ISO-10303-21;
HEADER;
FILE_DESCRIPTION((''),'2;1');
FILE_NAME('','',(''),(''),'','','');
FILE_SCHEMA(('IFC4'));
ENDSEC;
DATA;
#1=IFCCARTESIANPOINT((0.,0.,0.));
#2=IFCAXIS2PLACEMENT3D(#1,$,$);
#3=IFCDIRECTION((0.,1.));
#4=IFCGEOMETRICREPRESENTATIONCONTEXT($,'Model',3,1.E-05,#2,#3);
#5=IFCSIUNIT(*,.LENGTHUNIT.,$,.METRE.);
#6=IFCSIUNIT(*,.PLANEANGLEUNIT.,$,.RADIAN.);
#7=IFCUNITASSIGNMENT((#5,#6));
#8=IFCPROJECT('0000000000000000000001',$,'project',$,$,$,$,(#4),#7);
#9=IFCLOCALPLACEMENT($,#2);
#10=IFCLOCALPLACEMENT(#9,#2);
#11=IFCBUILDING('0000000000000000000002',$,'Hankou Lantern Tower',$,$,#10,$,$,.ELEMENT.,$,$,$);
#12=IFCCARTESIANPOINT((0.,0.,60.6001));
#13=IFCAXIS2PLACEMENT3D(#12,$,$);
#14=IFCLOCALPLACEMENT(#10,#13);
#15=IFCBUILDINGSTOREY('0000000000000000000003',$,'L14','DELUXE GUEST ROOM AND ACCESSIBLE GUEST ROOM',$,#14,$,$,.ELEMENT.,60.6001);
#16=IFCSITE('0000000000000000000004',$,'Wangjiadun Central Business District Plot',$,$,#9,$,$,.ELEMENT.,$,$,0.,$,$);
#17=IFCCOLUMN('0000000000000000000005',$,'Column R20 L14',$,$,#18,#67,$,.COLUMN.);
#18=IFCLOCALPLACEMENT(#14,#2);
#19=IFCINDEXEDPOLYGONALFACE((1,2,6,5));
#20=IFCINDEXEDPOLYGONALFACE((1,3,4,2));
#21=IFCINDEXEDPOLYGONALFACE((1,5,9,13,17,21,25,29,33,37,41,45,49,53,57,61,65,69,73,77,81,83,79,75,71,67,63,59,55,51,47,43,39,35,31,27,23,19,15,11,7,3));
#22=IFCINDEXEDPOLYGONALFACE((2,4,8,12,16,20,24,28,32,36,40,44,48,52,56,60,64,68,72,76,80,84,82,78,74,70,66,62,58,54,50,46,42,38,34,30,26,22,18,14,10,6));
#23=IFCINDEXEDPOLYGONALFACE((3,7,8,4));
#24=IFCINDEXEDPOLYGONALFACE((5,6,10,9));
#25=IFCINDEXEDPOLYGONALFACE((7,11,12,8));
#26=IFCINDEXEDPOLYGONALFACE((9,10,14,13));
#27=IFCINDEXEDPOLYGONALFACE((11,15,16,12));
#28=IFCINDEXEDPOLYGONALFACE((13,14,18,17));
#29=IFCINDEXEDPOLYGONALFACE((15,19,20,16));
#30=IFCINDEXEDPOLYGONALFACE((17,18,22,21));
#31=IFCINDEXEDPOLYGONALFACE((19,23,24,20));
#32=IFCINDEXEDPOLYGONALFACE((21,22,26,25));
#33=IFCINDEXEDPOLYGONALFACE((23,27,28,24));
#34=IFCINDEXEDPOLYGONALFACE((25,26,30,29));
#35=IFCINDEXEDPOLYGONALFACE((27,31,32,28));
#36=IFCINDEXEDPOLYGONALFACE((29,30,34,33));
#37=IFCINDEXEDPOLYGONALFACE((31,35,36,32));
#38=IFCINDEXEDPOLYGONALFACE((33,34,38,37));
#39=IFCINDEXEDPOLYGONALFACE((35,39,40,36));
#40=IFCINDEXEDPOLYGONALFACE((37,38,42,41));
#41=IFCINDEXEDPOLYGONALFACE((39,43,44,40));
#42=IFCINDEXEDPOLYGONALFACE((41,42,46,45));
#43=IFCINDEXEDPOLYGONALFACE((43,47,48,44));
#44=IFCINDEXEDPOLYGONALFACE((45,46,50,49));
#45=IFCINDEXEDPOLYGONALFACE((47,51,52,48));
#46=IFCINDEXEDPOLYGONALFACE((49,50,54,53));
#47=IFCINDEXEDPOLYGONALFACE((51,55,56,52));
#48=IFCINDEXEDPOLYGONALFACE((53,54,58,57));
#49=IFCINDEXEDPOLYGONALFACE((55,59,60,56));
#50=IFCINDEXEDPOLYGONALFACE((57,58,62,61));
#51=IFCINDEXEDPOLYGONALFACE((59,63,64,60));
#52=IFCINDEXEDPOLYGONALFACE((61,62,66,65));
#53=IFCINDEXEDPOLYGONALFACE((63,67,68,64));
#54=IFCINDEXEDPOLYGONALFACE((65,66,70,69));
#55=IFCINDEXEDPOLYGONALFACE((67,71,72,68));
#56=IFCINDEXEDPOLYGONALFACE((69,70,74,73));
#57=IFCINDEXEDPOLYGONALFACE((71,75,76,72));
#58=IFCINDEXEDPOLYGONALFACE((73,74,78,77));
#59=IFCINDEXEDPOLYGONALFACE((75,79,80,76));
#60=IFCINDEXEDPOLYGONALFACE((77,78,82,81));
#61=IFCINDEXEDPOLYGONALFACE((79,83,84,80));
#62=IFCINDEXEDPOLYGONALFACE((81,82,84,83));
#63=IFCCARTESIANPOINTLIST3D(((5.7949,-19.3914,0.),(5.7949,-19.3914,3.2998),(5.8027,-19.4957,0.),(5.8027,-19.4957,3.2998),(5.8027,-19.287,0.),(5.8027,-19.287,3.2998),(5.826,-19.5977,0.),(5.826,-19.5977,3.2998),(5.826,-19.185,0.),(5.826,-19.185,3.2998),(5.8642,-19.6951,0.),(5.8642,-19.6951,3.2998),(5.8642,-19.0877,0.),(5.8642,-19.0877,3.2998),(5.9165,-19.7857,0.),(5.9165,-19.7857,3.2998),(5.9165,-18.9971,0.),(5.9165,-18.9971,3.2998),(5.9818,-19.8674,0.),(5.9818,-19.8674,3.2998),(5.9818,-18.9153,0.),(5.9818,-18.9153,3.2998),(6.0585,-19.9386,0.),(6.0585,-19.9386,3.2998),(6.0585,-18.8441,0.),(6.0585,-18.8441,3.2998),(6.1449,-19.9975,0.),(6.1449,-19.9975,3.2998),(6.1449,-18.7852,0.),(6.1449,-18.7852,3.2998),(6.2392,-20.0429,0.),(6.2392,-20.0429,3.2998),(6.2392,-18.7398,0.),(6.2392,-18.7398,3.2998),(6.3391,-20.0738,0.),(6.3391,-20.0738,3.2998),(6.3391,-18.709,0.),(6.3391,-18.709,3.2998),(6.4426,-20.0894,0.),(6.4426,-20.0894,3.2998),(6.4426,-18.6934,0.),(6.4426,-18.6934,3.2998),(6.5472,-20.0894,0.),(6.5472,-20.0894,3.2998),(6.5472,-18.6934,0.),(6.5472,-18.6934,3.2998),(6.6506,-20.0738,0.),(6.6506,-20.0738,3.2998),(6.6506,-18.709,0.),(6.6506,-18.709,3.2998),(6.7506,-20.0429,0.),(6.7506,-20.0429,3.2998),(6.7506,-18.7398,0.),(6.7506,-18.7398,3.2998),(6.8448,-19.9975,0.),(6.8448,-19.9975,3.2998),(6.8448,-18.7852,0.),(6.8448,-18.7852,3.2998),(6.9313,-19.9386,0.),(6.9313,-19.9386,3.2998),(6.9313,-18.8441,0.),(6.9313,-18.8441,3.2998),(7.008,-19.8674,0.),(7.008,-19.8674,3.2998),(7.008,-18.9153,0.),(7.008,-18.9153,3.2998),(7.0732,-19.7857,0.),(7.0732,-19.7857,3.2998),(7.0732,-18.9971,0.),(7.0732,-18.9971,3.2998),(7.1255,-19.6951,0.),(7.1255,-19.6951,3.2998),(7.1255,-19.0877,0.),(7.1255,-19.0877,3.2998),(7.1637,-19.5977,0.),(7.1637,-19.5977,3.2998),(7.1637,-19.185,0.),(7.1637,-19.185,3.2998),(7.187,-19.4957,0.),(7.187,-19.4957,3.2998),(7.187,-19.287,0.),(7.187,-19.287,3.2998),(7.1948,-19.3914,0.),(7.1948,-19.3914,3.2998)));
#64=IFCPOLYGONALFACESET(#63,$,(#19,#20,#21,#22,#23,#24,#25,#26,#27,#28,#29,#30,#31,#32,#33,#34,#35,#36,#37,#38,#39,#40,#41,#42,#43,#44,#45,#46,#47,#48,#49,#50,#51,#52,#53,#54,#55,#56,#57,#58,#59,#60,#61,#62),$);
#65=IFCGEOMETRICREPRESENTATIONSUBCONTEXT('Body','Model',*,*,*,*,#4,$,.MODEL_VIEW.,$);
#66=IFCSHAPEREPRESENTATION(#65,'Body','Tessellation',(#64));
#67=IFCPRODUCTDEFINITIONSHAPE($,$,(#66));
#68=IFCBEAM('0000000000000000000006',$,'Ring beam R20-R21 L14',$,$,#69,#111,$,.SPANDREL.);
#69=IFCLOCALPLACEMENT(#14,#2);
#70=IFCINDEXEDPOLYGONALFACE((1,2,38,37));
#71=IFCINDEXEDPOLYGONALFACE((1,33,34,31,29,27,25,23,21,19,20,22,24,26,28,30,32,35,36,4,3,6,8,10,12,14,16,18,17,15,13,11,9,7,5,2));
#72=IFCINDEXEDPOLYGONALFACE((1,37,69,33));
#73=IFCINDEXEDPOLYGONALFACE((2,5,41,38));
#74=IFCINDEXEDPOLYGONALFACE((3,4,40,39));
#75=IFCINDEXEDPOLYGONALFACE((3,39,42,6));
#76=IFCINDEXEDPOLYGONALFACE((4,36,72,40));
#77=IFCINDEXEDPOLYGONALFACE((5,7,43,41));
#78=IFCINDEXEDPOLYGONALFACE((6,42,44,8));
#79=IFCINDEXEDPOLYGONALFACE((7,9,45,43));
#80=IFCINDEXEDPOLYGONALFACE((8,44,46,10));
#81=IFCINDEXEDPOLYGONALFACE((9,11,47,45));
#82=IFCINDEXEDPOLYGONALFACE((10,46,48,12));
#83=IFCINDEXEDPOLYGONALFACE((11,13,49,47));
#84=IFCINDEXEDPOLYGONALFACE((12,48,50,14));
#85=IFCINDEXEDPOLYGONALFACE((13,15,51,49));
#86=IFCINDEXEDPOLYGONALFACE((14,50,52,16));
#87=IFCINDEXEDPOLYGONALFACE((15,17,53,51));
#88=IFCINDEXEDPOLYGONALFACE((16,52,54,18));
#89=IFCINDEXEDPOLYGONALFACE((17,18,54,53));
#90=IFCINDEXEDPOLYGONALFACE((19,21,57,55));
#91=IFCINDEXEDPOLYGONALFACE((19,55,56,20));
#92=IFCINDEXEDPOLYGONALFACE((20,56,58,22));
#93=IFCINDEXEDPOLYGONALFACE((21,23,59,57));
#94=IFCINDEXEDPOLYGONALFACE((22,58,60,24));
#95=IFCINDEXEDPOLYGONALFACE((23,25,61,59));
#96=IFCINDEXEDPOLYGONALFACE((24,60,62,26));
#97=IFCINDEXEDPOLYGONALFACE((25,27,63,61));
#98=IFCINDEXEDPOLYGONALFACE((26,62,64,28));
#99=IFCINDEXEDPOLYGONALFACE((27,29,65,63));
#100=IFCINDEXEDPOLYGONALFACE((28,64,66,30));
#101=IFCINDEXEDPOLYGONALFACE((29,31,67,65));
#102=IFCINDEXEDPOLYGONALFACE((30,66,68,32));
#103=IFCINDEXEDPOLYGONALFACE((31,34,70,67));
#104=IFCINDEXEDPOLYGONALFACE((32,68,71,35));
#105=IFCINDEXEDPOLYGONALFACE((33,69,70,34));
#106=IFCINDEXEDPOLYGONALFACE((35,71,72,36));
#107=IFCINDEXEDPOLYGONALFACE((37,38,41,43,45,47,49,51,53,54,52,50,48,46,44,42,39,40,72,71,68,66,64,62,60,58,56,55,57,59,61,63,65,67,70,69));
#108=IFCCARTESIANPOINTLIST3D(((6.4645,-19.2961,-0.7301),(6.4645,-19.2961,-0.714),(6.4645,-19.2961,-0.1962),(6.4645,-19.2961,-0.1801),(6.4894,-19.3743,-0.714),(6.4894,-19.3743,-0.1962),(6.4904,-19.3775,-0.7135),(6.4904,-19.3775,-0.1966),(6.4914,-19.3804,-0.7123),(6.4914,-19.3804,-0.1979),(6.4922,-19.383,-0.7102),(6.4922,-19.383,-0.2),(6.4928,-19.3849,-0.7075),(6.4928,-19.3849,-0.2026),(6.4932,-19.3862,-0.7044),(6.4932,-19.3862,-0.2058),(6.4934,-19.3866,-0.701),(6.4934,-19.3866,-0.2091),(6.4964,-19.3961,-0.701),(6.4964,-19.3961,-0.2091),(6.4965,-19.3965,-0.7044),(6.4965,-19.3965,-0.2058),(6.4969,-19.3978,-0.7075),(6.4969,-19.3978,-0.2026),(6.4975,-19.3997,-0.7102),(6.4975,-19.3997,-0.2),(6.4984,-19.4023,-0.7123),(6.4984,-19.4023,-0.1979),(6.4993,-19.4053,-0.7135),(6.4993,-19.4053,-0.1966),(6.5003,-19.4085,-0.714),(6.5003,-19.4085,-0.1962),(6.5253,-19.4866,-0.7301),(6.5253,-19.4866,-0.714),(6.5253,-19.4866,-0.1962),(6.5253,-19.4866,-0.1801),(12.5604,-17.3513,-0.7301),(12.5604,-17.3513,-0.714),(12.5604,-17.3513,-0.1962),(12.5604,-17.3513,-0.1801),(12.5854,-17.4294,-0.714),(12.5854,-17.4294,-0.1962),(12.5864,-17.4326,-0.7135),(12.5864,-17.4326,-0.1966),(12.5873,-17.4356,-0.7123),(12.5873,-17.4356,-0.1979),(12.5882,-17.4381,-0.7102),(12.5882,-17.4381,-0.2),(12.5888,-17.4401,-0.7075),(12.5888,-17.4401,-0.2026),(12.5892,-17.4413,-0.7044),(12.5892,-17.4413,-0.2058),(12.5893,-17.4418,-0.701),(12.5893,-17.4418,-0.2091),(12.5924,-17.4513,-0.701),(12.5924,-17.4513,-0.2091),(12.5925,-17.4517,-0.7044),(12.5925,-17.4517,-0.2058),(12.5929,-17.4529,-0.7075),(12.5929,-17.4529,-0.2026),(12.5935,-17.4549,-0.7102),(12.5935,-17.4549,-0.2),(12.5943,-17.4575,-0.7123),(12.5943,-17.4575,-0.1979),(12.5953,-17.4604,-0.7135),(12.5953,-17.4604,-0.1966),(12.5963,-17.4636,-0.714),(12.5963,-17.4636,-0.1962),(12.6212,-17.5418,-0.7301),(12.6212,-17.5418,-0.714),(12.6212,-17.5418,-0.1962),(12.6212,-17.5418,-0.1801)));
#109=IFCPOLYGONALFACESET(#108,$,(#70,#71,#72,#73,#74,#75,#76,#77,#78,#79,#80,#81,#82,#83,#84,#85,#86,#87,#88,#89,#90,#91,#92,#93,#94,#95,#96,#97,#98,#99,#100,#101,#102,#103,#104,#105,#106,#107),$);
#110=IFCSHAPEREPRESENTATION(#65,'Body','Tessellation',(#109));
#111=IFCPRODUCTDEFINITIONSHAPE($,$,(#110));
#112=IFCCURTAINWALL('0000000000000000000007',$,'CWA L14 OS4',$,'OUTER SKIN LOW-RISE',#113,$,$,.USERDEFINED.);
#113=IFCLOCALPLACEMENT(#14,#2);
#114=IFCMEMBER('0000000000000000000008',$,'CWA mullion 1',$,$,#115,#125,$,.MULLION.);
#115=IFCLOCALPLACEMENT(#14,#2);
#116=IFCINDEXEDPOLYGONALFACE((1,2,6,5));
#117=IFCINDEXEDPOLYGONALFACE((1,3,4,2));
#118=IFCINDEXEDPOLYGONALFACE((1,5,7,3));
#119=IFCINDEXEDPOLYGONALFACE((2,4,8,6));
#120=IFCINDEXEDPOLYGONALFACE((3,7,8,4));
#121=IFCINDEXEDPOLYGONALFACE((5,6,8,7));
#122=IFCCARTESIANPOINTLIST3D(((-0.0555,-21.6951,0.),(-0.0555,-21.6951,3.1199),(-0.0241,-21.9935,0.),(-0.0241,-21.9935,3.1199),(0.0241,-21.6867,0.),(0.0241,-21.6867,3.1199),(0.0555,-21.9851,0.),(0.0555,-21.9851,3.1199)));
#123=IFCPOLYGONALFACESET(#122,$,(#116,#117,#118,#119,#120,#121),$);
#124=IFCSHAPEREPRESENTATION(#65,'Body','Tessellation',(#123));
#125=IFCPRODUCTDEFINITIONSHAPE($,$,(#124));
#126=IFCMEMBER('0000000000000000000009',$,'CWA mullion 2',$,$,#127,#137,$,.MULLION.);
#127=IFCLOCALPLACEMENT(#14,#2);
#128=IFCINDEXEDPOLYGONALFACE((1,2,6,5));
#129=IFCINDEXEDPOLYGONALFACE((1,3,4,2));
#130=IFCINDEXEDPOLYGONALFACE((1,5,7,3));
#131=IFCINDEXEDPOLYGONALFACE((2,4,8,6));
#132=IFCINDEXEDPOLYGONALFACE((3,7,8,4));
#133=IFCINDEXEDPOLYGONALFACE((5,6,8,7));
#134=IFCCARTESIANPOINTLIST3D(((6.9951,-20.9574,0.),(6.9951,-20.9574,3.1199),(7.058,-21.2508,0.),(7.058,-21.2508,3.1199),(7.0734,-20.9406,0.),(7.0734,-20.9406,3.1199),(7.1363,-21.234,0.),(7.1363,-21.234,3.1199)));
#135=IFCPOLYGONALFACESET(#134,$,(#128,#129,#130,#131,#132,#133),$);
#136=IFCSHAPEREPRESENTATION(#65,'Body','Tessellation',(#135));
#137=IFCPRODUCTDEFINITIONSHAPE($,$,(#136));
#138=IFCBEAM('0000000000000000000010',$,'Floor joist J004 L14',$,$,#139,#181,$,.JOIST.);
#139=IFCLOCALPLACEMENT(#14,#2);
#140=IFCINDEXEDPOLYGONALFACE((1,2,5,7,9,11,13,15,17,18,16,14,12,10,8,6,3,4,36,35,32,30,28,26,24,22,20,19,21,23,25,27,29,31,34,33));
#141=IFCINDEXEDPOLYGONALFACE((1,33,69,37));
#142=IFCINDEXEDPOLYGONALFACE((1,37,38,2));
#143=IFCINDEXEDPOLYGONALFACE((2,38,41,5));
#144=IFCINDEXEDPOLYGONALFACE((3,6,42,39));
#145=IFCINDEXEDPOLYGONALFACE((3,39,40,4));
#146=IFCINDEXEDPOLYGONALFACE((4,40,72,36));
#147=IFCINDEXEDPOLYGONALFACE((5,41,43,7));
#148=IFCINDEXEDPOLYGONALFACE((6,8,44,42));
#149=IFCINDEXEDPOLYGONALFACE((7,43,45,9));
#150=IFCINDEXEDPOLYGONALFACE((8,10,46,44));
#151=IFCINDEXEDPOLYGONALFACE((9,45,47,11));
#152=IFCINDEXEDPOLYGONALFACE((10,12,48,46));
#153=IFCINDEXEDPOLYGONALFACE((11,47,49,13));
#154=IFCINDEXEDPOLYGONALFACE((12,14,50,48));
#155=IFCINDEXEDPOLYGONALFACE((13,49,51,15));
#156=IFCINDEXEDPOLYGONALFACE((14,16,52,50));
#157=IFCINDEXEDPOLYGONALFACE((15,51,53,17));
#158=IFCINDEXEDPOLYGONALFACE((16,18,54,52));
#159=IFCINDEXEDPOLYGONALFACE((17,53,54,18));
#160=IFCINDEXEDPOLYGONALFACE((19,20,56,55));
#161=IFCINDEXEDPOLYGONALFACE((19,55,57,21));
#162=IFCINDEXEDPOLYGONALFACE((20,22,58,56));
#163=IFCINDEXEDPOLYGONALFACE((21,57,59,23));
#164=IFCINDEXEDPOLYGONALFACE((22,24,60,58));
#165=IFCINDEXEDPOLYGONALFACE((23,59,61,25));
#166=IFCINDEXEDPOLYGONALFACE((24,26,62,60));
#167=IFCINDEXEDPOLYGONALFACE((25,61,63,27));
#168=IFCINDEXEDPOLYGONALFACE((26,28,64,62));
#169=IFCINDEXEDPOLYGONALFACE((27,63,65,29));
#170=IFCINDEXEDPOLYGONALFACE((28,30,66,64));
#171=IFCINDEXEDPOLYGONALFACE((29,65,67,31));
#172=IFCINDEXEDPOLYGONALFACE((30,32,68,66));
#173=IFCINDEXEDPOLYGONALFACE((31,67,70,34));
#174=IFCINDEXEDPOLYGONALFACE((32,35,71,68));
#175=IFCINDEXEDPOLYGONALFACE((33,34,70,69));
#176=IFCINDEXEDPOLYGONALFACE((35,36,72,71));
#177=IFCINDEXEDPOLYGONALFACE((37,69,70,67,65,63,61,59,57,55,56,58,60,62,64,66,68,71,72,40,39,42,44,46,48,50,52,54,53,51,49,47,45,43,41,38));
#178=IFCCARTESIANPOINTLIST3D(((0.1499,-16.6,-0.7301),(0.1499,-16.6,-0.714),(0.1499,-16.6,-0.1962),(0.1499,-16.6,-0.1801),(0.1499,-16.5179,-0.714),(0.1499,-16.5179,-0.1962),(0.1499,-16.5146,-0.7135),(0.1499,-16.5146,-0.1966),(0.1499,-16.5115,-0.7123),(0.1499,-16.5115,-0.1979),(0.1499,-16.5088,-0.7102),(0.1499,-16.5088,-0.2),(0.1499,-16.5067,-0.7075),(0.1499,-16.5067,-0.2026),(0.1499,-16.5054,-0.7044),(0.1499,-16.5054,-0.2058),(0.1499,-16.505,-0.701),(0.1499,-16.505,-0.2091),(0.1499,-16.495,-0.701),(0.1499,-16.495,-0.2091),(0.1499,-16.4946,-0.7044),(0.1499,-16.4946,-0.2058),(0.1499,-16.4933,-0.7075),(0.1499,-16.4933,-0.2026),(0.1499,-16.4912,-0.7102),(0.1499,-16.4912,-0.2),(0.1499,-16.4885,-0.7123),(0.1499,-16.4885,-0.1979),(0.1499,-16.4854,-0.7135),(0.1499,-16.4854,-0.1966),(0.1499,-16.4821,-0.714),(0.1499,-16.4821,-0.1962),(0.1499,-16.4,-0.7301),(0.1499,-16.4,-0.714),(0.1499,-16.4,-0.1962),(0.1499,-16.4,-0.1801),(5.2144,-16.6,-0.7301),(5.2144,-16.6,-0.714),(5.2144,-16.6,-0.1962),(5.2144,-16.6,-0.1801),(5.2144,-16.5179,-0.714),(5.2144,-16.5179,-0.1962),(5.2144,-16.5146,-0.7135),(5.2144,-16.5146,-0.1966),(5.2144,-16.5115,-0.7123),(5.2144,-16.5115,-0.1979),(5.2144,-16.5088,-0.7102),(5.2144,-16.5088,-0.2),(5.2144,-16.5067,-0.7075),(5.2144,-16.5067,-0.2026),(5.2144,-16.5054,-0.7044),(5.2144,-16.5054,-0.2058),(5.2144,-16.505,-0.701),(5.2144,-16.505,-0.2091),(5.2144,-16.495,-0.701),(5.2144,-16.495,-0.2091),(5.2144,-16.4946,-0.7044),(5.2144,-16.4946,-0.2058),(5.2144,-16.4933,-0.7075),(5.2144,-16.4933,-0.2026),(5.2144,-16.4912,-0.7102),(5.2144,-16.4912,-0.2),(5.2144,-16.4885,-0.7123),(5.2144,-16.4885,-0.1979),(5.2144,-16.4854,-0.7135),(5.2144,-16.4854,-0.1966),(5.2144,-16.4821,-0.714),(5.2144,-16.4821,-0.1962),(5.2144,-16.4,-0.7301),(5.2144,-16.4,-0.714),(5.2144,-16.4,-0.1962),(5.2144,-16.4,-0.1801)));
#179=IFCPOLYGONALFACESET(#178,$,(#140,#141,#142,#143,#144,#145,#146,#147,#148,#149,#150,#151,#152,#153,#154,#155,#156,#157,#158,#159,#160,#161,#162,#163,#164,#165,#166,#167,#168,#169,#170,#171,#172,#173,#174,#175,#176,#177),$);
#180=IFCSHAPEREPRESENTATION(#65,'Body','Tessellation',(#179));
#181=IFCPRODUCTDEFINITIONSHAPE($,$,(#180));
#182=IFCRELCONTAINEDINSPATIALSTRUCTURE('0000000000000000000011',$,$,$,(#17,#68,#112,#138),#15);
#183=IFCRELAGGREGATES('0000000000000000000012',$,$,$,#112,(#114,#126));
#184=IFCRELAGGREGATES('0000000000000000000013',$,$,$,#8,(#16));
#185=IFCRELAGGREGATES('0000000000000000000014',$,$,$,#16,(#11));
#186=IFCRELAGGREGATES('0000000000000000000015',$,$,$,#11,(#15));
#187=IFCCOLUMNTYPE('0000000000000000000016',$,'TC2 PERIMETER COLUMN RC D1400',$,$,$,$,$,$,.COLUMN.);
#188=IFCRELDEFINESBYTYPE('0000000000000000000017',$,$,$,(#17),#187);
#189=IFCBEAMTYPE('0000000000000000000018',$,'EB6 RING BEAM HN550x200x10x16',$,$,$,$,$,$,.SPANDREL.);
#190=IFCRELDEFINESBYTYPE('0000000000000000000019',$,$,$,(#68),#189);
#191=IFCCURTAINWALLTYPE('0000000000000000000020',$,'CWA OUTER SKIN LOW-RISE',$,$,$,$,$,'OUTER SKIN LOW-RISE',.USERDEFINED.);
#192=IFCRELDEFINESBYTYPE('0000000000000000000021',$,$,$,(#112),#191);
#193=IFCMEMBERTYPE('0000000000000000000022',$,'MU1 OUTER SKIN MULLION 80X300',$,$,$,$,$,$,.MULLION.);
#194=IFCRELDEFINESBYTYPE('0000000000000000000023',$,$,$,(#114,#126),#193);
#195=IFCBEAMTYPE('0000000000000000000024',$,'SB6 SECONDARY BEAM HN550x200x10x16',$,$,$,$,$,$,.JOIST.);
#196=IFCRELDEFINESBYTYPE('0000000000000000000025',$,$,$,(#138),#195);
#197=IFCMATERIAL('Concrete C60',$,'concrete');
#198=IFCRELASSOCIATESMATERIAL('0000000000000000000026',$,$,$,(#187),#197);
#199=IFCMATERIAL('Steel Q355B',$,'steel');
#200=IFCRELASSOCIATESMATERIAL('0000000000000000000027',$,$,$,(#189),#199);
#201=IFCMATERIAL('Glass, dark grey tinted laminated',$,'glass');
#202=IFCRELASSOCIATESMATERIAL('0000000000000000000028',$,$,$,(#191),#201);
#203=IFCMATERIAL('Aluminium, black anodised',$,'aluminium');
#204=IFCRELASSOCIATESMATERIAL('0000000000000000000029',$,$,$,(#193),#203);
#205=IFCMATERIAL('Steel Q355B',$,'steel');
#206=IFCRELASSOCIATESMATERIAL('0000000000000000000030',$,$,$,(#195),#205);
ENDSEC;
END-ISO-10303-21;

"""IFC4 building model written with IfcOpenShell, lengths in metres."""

from ifc_helpers import new_model, si_unit, direction, frame, origin, origin_2d, place, context, subcontext, project, spatial, rectangle, circle, i_section, extrude, material, material_profile, profile_set, type_object, element, aggregate, save


model = new_model("IFC4")

# Units and contexts
model_context = context("Model", 3, precision=1e-05, world=origin(), true_north=direction((0.0, 1.0)))
body_context = subcontext(model_context, "Body", "Model", "MODEL_VIEW")
ifc_project = project(units=[si_unit("LENGTHUNIT", "METRE"), si_unit("PLANEANGLEUNIT", "RADIAN")], contexts=[model_context])

# Site, building, storey
site_placement = place(None, origin())
site = spatial("IfcSite", under=ifc_project, at=site_placement, Name="Wangjiadun Central Business District Plot", CompositionType="ELEMENT", RefElevation=0.0)
building_placement = place(site_placement, origin())
building = spatial("IfcBuilding", under=site, at=building_placement, Name="Hankou Lantern Tower", CompositionType="ELEMENT")
storey_placement = place(building_placement, frame((0.0, 0.0, 60.6001)))
storey = spatial("IfcBuildingStorey", under=building, at=storey_placement, Name="L14", Description="DELUXE GUEST ROOM AND ACCESSIBLE GUEST ROOM", CompositionType="ELEMENT", Elevation=60.6001)

# Column
ifc_material_1 = material(Name="Concrete C60", Category="concrete")
ifc_material_profile_1 = material_profile(ifc_material_1, circle(Radius=0.7, at=origin_2d()), Name="RC D1400")
ifc_profile_set_1 = profile_set([ifc_material_profile_1], Name="Concrete C60")
column_type = type_object("IfcColumnType", Name="TC2 PERIMETER COLUMN RC D1400", PredefinedType="COLUMN", material=ifc_profile_set_1)
column_placement = place(storey_placement, frame((6.4949, -19.3914, 0.0), z_axis=(0.0, 0.0, 1.0), x_axis=(1.0, 0.0, 0.0)))
element("IfcColumn", 1, at=column_placement, inside=storey, type_object=column_type, Name="Column R20 L14", PredefinedType="COLUMN", context=body_context, shape_type="SweptSolid", body=[
    extrude(circle(Radius=0.7, at=origin_2d()), origin(), (0.0, 0.0, 1.0), 3.2998),
])

# Beam
ifc_material_2 = material(Name="Steel Q355B", Category="steel")
ifc_material_profile_2 = material_profile(ifc_material_2, i_section(OverallWidth=0.2, OverallDepth=0.55, WebThickness=0.01, FlangeThickness=0.0161, FilletRadius=0.0129, at=origin_2d()), Name="HN550x200x10x16")
ifc_profile_set_2 = profile_set([ifc_material_profile_2], Name="Steel Q355B")
beam_type_1 = type_object("IfcBeamType", Name="EB6 RING BEAM HN550x200x10x16", PredefinedType="SPANDREL", material=ifc_profile_set_2)
beam_1_placement = place(storey_placement, frame((6.4949, -19.3914, -0.4551), z_axis=(0.95269, 0.303942, 0.0), x_axis=(-0.303942, 0.95269, 0.0)))
element("IfcBeam", 2, at=beam_1_placement, inside=storey, type_object=beam_type_1, Name="Ring beam R20-R21 L14", PredefinedType="SPANDREL", context=body_context, shape_type="SweptSolid", body=[
    extrude(i_section(OverallWidth=0.2, OverallDepth=0.55, WebThickness=0.01, FlangeThickness=0.0161, FilletRadius=0.0129, at=origin_2d()), origin(), (0.0, 0.0, 1.0), 6.3987),
])

# Curtain wall, members
ifc_material_3 = material(Name="Glass, dark grey tinted laminated", Category="glass")
curtain_wall_type = type_object("IfcCurtainWallType", Name="CWA OUTER SKIN LOW-RISE", ElementType="OUTER SKIN LOW-RISE", PredefinedType="USERDEFINED", material=ifc_material_3)
curtain_wall_placement = place(storey_placement, origin())
curtain_wall = element("IfcCurtainWall", 3, at=curtain_wall_placement, inside=storey, type_object=curtain_wall_type, Name="CWA L14 OS4", ObjectType="OUTER SKIN LOW-RISE", PredefinedType="USERDEFINED")
ifc_material_4 = material(Name="Aluminium, black anodised", Category="aluminium")
ifc_material_profile_3 = material_profile(ifc_material_4, rectangle(XDim=0.0801, YDim=0.3, at=origin_2d()), Name="MU1 80X300")
ifc_profile_set_3 = profile_set([ifc_material_profile_3], Name="Aluminium, black anodised")
member_type_1 = type_object("IfcMemberType", Name="MU1 OUTER SKIN MULLION 80X300", PredefinedType="MULLION", material=ifc_profile_set_3)
member_1_placement = place(storey_placement, frame((0.0, -21.8401, 0.0), z_axis=(0.0, 0.0, 1.0), x_axis=(0.994499, 0.104743, 0.0)))
member_1 = element("IfcMember", 4, at=member_1_placement, type_object=member_type_1, Name="CWA mullion 1", PredefinedType="MULLION", context=body_context, shape_type="SweptSolid", body=[
    extrude(rectangle(XDim=0.0801, YDim=0.3, at=origin_2d()), origin(), (0.0, 0.0, 1.0), 3.1199),
])
member_2_placement = place(storey_placement, frame((7.0657, -21.0957, 0.0), z_axis=(0.0, 0.0, 1.0), x_axis=(0.977788, 0.209598, 0.0)))
member_2 = element("IfcMember", 5, at=member_2_placement, type_object=member_type_1, Name="CWA mullion 2", PredefinedType="MULLION", context=body_context, shape_type="SweptSolid", body=[
    extrude(rectangle(XDim=0.0801, YDim=0.3, at=origin_2d()), origin(), (0.0, 0.0, 1.0), 3.1199),
])

# Beam
ifc_material_5 = material(Name="Steel Q355B", Category="steel")
ifc_material_profile_4 = material_profile(ifc_material_5, i_section(OverallWidth=0.2, OverallDepth=0.55, WebThickness=0.01, FlangeThickness=0.0161, FilletRadius=0.0129, at=origin_2d()), Name="HN550x200x10x16")
ifc_profile_set_4 = profile_set([ifc_material_profile_4], Name="Steel Q355B")
beam_type_2 = type_object("IfcBeamType", Name="SB6 SECONDARY BEAM HN550x200x10x16", PredefinedType="JOIST", material=ifc_profile_set_4)
beam_2_placement = place(storey_placement, frame((0.1499, -16.5, -0.4551), z_axis=(1.0, 0.0, 0.0), x_axis=(0.0, 1.0, 0.0)))
element("IfcBeam", 6, at=beam_2_placement, inside=storey, type_object=beam_type_2, Name="Floor joist J004 L14", PredefinedType="JOIST", context=body_context, shape_type="SweptSolid", body=[
    extrude(i_section(OverallWidth=0.2, OverallDepth=0.55, WebThickness=0.01, FlangeThickness=0.0161, FilletRadius=0.0129, at=origin_2d()), origin(), (0.0, 0.0, 1.0), 5.0645),
])

aggregate(curtain_wall, [member_1, member_2])

save(model, "model.ifc")
